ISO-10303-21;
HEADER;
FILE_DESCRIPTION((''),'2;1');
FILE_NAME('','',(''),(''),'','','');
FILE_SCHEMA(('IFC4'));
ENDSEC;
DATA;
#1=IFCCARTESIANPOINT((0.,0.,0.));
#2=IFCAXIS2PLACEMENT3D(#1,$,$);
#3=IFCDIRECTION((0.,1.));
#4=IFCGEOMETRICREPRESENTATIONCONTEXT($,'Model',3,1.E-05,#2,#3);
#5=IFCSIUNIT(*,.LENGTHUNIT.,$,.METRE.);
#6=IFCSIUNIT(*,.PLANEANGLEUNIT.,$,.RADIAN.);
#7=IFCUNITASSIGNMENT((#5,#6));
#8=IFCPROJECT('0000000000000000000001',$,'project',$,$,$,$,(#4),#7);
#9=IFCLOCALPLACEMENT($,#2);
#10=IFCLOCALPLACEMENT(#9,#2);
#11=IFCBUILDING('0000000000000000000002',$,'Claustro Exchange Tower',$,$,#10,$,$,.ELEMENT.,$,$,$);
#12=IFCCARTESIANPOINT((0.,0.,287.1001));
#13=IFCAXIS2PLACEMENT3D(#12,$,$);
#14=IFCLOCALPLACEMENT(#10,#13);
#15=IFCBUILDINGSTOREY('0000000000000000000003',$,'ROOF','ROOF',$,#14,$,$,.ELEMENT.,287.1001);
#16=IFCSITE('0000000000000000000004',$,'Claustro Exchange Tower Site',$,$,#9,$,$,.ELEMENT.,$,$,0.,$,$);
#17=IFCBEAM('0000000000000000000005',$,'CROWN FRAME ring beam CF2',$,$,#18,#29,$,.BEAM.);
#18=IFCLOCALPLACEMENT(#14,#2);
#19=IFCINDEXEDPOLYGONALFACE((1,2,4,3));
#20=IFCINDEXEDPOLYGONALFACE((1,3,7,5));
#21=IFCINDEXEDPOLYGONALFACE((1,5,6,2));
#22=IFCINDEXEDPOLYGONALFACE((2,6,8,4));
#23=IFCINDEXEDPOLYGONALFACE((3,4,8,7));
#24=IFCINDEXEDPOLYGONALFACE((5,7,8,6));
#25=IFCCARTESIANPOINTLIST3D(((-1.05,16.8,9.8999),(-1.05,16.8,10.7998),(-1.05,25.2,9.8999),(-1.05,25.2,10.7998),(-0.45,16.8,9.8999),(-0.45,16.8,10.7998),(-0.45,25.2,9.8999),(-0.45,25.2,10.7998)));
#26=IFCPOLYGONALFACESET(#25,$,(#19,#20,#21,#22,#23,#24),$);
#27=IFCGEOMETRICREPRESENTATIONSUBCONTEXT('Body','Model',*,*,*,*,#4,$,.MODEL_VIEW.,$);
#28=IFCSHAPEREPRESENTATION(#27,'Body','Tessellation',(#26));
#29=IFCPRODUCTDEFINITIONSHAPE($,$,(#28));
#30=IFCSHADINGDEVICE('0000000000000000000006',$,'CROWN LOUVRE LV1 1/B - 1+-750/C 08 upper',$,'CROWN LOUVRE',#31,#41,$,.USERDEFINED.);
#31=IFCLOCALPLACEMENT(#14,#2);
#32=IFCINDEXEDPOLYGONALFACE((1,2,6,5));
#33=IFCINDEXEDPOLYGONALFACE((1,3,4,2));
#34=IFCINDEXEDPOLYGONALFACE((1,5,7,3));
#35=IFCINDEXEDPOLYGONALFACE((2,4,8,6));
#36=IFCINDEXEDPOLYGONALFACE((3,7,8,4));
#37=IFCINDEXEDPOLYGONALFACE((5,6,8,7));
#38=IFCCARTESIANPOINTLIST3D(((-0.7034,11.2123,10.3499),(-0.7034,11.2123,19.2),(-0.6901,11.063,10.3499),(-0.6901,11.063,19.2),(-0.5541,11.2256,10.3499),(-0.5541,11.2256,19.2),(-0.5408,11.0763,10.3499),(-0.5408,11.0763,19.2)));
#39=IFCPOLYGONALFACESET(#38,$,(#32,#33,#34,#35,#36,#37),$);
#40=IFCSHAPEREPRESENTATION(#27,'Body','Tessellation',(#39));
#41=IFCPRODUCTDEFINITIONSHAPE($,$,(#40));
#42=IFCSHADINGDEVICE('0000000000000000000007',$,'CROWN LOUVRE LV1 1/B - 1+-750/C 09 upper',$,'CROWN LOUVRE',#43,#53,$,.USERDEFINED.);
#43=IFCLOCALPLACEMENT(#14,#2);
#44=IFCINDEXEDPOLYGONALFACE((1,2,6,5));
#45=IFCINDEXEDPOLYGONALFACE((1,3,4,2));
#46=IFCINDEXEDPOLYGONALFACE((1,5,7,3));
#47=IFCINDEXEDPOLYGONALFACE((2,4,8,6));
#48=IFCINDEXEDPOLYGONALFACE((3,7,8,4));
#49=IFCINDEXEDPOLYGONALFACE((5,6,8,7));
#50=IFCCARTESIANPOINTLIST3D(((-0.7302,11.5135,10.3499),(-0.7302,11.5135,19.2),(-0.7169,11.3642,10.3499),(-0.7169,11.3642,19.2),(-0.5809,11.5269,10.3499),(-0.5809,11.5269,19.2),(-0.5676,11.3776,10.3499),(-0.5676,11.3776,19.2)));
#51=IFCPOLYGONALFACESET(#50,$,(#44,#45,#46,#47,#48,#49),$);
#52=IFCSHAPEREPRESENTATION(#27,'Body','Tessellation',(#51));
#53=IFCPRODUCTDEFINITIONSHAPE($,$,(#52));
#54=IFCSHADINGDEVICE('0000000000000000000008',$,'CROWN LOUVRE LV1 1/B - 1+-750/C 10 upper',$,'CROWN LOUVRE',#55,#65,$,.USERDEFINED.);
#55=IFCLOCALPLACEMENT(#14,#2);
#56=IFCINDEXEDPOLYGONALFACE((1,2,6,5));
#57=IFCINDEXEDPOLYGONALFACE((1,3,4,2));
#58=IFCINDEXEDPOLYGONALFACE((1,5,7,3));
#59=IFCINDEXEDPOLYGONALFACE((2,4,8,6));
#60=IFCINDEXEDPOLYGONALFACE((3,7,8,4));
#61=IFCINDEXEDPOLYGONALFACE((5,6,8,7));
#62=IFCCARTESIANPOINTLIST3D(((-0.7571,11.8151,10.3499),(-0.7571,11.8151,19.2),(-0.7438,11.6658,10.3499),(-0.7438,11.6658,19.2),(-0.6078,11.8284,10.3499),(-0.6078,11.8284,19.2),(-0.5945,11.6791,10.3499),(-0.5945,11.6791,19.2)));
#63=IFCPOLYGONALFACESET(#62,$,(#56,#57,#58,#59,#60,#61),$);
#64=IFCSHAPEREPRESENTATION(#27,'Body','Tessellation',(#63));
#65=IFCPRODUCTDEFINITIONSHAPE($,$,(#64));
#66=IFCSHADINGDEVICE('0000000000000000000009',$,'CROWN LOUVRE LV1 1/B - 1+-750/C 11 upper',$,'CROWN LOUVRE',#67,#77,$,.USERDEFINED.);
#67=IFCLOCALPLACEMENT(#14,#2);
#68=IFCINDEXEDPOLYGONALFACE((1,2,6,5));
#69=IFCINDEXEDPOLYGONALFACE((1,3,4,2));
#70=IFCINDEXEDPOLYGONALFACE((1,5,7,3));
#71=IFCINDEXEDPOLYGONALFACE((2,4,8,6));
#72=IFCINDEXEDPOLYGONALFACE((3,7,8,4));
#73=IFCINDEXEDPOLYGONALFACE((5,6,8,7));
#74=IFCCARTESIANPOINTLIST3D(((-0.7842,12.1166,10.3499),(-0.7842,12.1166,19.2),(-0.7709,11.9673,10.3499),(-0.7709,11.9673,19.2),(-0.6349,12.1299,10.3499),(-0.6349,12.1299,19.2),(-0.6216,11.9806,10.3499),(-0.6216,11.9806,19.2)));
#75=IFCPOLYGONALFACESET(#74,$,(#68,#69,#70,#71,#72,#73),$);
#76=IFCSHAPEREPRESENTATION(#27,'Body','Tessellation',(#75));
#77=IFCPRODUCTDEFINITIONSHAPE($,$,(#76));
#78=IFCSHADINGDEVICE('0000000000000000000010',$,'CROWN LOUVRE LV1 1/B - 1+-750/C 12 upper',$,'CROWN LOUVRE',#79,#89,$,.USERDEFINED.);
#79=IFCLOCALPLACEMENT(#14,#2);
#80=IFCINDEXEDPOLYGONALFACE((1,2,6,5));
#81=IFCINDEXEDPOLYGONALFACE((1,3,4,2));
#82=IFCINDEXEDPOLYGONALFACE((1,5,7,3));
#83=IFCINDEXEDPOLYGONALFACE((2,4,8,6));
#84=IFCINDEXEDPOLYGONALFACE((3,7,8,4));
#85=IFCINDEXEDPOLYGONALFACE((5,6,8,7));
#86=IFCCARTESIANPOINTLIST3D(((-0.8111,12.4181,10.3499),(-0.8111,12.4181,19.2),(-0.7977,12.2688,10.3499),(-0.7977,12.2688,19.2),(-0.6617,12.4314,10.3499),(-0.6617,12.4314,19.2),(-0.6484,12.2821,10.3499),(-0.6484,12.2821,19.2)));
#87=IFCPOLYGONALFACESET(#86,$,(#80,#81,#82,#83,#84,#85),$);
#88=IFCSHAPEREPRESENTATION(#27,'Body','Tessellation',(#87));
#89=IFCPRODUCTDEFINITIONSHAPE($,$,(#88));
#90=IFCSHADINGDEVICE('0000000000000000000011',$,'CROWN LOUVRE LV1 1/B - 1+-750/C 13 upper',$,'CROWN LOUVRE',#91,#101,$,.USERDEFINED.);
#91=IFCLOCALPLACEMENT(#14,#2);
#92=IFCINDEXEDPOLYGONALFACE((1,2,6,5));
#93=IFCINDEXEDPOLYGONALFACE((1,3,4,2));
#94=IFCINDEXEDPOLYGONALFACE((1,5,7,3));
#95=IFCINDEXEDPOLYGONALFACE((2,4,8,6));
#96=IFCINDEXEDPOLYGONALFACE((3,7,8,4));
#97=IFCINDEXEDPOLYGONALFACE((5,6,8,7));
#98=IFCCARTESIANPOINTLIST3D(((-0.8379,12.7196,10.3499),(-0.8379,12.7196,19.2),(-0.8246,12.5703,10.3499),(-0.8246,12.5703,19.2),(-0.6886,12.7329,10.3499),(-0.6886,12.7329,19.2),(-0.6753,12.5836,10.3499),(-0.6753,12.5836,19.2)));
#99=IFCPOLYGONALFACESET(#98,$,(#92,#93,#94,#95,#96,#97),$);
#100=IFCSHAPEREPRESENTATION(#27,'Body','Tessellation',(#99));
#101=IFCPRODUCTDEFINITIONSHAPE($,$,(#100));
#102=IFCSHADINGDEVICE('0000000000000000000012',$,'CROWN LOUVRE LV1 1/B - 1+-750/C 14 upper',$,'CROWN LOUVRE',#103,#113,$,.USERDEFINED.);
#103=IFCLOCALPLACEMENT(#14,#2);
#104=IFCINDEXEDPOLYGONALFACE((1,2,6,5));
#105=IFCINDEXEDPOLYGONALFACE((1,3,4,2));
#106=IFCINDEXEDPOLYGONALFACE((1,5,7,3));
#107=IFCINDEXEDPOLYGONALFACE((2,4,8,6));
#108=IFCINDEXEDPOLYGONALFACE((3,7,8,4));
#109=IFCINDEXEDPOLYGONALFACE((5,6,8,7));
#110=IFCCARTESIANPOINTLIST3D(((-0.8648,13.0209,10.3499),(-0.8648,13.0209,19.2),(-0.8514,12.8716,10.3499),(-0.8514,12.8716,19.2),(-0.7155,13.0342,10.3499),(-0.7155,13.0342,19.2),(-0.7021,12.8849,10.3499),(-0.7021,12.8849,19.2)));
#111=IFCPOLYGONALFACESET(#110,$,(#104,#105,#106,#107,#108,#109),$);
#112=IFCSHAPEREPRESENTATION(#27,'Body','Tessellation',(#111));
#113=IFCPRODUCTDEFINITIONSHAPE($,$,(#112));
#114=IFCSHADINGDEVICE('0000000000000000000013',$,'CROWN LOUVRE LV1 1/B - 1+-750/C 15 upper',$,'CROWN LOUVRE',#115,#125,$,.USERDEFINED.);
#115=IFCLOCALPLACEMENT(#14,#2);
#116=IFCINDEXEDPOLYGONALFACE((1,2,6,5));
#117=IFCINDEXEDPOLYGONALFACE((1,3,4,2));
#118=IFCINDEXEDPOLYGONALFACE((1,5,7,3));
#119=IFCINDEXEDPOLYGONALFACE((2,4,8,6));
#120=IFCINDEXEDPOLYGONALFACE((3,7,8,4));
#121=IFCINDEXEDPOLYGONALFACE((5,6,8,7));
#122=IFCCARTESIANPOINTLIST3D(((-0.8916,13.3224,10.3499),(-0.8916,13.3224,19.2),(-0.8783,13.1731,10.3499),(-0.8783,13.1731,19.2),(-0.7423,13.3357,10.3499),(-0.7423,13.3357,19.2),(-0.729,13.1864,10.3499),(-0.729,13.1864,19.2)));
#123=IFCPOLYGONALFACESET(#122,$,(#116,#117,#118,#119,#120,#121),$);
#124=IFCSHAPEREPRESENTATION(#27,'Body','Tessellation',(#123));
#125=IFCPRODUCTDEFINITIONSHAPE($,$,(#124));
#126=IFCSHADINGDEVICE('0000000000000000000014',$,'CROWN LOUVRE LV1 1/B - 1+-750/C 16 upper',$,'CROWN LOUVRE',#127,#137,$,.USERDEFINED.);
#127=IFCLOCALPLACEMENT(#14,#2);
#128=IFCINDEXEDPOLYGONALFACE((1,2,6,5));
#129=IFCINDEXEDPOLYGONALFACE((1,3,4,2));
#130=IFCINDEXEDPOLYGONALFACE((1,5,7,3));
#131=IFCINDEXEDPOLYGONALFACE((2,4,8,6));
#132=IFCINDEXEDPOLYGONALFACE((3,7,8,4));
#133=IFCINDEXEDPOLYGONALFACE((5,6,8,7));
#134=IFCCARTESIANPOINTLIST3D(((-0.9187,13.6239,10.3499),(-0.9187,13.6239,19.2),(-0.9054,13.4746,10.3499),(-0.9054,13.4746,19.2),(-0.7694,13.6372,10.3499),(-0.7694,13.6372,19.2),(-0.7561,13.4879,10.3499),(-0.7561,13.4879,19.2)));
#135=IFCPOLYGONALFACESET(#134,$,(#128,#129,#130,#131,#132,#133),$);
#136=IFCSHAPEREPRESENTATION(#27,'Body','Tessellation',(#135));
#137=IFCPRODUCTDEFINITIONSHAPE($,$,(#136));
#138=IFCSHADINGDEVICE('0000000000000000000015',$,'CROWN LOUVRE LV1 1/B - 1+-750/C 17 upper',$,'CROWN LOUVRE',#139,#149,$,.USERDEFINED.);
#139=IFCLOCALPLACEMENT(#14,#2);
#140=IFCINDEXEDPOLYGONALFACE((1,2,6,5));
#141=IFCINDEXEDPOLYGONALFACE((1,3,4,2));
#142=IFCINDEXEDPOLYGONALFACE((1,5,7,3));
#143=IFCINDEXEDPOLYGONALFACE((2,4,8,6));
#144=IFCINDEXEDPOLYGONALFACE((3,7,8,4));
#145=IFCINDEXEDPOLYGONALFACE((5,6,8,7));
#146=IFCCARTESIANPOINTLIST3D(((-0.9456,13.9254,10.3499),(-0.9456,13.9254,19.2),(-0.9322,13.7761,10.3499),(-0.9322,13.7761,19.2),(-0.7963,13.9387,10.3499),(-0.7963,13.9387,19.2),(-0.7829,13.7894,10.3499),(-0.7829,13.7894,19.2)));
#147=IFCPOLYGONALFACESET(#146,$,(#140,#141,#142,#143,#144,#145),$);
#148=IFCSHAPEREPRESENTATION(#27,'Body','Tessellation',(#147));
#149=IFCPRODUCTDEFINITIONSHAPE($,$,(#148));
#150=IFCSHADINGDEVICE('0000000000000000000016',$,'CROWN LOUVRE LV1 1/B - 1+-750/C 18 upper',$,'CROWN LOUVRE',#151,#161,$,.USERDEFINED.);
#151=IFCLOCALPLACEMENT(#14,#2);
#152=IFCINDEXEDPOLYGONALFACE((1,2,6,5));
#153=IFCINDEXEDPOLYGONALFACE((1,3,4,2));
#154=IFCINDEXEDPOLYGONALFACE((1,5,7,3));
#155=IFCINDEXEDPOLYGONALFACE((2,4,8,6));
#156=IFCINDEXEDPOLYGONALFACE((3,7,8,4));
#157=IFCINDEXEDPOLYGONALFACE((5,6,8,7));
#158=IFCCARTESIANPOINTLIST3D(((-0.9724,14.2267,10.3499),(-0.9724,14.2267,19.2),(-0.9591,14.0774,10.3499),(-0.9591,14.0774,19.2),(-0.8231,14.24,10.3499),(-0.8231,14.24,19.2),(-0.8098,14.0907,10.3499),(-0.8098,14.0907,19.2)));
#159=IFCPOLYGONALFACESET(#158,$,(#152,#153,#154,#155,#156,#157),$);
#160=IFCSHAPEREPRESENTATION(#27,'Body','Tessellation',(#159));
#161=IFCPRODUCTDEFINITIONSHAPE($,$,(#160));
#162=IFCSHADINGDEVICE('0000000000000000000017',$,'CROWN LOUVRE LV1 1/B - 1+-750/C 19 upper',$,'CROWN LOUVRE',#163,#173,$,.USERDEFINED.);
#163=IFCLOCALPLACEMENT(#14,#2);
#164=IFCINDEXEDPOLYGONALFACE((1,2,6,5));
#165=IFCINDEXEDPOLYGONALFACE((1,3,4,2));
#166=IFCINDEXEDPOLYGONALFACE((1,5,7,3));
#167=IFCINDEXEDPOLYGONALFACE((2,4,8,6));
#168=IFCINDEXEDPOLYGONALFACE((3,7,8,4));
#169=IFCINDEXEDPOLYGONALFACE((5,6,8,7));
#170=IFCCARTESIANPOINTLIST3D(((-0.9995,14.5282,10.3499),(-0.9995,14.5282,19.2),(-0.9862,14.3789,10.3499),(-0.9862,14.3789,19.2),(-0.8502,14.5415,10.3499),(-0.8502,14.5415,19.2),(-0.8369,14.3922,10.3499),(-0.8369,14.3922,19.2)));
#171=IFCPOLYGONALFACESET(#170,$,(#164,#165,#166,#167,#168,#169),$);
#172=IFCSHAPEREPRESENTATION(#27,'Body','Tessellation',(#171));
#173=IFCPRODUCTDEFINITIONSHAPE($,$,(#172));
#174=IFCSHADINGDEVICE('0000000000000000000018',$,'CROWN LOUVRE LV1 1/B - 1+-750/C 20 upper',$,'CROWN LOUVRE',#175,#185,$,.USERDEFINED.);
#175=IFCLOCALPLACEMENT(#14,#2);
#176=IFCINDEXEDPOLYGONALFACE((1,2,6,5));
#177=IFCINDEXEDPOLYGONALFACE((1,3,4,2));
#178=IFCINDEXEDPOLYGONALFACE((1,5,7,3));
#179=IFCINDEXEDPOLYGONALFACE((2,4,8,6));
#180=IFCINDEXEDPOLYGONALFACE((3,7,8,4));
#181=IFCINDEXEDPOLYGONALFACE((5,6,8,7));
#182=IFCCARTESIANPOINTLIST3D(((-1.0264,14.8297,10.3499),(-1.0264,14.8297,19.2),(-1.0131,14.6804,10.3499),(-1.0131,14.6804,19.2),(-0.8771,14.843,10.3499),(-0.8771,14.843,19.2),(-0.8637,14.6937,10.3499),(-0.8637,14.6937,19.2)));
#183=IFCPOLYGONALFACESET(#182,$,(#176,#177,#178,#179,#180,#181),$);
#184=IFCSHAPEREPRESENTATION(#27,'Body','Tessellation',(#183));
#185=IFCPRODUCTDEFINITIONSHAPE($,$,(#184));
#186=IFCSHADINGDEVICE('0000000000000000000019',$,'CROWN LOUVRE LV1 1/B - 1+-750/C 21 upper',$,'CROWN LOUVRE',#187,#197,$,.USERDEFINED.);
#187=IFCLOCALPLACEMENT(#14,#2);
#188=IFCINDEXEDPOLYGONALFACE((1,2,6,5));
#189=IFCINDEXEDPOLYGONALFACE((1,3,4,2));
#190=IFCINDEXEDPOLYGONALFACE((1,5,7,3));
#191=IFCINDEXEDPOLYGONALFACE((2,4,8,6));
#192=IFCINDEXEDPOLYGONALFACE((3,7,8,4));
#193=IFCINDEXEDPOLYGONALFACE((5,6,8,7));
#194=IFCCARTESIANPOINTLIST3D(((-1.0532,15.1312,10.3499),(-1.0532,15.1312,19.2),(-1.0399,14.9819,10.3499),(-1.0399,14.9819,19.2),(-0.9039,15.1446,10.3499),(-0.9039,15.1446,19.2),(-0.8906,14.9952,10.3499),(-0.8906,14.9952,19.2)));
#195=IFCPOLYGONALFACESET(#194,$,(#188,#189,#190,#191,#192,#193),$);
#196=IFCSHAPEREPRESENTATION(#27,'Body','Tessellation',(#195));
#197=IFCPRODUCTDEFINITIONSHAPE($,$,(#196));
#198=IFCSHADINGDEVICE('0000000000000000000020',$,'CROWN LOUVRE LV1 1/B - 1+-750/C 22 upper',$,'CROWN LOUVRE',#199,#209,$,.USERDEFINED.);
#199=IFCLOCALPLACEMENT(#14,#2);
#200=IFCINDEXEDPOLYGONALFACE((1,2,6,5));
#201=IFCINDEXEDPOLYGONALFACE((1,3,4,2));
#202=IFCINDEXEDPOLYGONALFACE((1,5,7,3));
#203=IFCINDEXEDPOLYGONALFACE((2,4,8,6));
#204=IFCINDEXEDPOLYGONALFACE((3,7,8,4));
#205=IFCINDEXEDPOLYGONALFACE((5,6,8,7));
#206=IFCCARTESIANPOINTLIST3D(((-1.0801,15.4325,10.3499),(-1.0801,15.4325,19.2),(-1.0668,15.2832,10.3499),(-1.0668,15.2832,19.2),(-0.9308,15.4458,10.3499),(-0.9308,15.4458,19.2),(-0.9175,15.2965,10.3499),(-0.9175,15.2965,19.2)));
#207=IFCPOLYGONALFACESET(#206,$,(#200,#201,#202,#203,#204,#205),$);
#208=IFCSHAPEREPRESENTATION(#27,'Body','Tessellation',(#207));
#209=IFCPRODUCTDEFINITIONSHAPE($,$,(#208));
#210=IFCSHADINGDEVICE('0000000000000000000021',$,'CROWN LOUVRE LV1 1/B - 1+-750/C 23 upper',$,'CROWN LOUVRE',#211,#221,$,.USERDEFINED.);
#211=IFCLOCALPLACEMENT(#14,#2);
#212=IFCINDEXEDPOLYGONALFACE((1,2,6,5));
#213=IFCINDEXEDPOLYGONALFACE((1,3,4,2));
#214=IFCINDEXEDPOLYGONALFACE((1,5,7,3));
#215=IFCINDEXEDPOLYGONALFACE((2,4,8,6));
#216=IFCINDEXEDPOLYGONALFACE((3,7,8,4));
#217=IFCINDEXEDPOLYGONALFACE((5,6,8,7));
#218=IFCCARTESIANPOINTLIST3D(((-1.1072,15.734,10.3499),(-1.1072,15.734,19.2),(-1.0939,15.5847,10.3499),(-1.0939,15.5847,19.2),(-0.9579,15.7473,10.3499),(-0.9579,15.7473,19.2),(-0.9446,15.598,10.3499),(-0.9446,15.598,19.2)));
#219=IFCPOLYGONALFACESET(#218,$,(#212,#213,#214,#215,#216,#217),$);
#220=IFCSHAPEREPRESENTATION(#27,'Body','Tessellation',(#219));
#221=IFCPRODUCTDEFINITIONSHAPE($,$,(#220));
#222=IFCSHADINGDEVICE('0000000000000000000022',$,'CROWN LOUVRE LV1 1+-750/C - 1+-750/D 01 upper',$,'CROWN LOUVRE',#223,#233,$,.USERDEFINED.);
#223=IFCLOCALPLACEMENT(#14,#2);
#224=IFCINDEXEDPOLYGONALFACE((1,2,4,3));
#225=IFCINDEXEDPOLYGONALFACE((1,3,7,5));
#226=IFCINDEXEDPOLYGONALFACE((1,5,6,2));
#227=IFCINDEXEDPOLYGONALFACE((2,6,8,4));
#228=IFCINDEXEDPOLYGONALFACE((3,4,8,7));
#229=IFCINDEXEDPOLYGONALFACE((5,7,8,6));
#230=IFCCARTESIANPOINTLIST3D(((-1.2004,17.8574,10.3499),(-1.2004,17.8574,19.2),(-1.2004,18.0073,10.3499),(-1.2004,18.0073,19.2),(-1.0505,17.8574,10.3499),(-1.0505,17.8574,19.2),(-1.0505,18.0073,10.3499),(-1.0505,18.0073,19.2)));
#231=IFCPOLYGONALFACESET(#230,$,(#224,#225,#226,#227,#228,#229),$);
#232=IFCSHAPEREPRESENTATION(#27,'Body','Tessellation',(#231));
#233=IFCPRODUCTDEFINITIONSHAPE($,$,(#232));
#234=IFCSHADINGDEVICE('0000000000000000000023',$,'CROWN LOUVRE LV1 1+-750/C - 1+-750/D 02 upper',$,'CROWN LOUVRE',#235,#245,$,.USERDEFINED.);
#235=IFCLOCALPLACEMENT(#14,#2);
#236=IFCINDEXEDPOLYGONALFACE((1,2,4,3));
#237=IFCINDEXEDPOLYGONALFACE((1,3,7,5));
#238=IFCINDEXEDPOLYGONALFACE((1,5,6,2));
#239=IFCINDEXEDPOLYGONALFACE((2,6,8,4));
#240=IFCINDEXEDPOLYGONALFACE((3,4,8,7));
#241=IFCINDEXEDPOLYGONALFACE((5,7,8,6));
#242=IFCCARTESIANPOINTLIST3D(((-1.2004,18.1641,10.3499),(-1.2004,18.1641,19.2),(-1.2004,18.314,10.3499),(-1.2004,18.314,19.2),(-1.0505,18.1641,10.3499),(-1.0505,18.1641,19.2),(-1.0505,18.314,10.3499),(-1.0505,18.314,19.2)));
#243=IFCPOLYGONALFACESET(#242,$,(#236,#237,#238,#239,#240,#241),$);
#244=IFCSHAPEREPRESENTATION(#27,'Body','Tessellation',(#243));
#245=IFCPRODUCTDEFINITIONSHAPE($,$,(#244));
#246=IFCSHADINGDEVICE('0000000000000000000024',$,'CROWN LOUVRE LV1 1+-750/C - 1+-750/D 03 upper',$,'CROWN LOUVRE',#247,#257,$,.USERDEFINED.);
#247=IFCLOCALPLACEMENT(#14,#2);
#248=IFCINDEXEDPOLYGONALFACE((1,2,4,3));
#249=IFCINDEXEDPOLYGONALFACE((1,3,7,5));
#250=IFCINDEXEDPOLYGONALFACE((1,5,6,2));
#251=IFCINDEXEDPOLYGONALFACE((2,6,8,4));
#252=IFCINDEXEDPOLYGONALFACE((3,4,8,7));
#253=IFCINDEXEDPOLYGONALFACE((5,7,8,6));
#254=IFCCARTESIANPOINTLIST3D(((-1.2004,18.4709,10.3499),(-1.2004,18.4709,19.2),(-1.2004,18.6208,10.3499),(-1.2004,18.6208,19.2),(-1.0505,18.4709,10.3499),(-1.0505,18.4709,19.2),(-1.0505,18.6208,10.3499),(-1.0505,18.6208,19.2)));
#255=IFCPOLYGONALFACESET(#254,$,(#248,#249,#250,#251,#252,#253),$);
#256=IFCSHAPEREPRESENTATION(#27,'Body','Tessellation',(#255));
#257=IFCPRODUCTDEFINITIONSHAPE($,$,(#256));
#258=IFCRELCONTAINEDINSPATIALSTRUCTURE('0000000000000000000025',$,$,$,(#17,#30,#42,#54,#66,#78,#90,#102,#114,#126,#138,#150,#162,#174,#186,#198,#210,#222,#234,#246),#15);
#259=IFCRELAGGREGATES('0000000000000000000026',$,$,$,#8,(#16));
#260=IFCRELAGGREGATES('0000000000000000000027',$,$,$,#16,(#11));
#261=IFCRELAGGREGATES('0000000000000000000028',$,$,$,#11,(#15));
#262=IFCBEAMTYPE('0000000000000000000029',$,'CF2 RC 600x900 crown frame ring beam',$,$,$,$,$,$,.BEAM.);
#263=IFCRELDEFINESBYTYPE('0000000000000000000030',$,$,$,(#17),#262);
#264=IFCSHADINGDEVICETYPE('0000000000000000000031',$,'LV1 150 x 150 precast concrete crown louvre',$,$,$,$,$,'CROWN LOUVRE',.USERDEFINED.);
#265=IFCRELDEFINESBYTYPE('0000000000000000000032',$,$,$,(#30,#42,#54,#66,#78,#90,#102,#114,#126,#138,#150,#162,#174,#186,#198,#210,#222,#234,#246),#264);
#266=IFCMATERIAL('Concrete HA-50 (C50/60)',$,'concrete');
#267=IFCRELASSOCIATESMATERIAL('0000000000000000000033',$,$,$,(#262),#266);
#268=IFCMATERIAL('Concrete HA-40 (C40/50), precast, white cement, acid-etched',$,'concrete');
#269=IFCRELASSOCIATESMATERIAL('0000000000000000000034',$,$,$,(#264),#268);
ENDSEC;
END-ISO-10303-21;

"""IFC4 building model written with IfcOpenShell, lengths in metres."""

from ifc_helpers import new_model, si_unit, direction, frame, origin, origin_2d, place, context, subcontext, project, spatial, rectangle, extrude, material, material_profile, profile_set, type_object, element, save


model = new_model("IFC4")

# Units and contexts
model_context = context("Model", 3, precision=1e-05, world=origin(), true_north=direction((0.0, 1.0)))
body_context = subcontext(model_context, "Body", "Model", "MODEL_VIEW")
ifc_project = project(units=[si_unit("LENGTHUNIT", "METRE"), si_unit("PLANEANGLEUNIT", "RADIAN")], contexts=[model_context])

# Site, building, storey
site_placement = place(None, origin())
site = spatial("IfcSite", under=ifc_project, at=site_placement, Name="Claustro Exchange Tower Site", CompositionType="ELEMENT", RefElevation=0.0)
building_placement = place(site_placement, origin())
building = spatial("IfcBuilding", under=site, at=building_placement, Name="Claustro Exchange Tower", CompositionType="ELEMENT")
storey_placement = place(building_placement, frame((0.0, 0.0, 287.1001)))
storey = spatial("IfcBuildingStorey", under=building, at=storey_placement, Name="ROOF", Description="ROOF", CompositionType="ELEMENT", Elevation=287.1001)

# Beam
ifc_material_1 = material(Name="Concrete HA-50 (C50/60)", Category="concrete")
ifc_material_profile = material_profile(ifc_material_1, rectangle(XDim=0.6001, YDim=0.8999, at=origin_2d()), Name="RC 600x900")
ifc_profile_set = profile_set([ifc_material_profile], Name="Concrete HA-50 (C50/60)")
beam_type = type_object("IfcBeamType", Name="CF2 RC 600x900 crown frame ring beam", PredefinedType="BEAM", material=ifc_profile_set)
beam_placement = place(storey_placement, frame((-0.75, 16.8, 10.3499), z_axis=(0.0, 1.0, 0.0), x_axis=(-1.0, 0.0, 0.0)))
element("IfcBeam", 1, at=beam_placement, inside=storey, type_object=beam_type, Name="CROWN FRAME ring beam CF2", PredefinedType="BEAM", context=body_context, shape_type="SweptSolid", body=[
    extrude(rectangle(XDim=0.6001, YDim=0.8999, at=origin_2d()), origin(), (0.0, 0.0, 1.0), 8.3999),
])

# Shading devices
ifc_material_2 = material(Name="Concrete HA-40 (C40/50), precast, white cement, acid-etched", Category="concrete")
shading_device_type = type_object("IfcShadingDeviceType", Name="LV1 150 x 150 precast concrete crown louvre", ElementType="CROWN LOUVRE", PredefinedType="USERDEFINED", material=ifc_material_2)
for number, where, z_axis, x_axis, name in (
    (2, (-0.6221, 11.1443, 10.3499), (0.0, 0.0, 1.0), (-0.088933, 0.996038, 0.0), "CROWN LOUVRE LV1 1/B - 1+-750/C 08 upper"),
    (3, (-0.6489, 11.4456, 10.3499), (0.0, 0.0, 1.0), (-0.088933, 0.996038, 0.0), "CROWN LOUVRE LV1 1/B - 1+-750/C 09 upper"),
    (4, (-0.6758, 11.7471, 10.3499), (0.0, 0.0, 1.0), (-0.088933, 0.996038, 0.0), "CROWN LOUVRE LV1 1/B - 1+-750/C 10 upper"),
    (5, (-0.7029, 12.0486, 10.3499), (0.0, 0.0, 1.0), (-0.088933, 0.996038, 0.0), "CROWN LOUVRE LV1 1/B - 1+-750/C 11 upper"),
    (6, (-0.7297, 12.3501, 10.3499), (0.0, 0.0, 1.0), (-0.088933, 0.996038, 0.0), "CROWN LOUVRE LV1 1/B - 1+-750/C 12 upper"),
    (7, (-0.7566, 12.6516, 10.3499), (0.0, 0.0, 1.0), (-0.088933, 0.996038, 0.0), "CROWN LOUVRE LV1 1/B - 1+-750/C 13 upper"),
    (8, (-0.7834, 12.9529, 10.3499), (0.0, 0.0, 1.0), (-0.088933, 0.996038, 0.0), "CROWN LOUVRE LV1 1/B - 1+-750/C 14 upper"),
    (9, (-0.8103, 13.2544, 10.3499), (0.0, 0.0, 1.0), (-0.088933, 0.996038, 0.0), "CROWN LOUVRE LV1 1/B - 1+-750/C 15 upper"),
    (10, (-0.8374, 13.5559, 10.3499), (0.0, 0.0, 1.0), (-0.088933, 0.996038, 0.0), "CROWN LOUVRE LV1 1/B - 1+-750/C 16 upper"),
    (11, (-0.8643, 13.8574, 10.3499), (0.0, 0.0, 1.0), (-0.088933, 0.996038, 0.0), "CROWN LOUVRE LV1 1/B - 1+-750/C 17 upper"),
    (12, (-0.8911, 14.1587, 10.3499), (0.0, 0.0, 1.0), (-0.088933, 0.996038, 0.0), "CROWN LOUVRE LV1 1/B - 1+-750/C 18 upper"),
    (13, (-0.9182, 14.4602, 10.3499), (0.0, 0.0, 1.0), (-0.088933, 0.996038, 0.0), "CROWN LOUVRE LV1 1/B - 1+-750/C 19 upper"),
    (14, (-0.9451, 14.7617, 10.3499), (0.0, 0.0, 1.0), (-0.088933, 0.996038, 0.0), "CROWN LOUVRE LV1 1/B - 1+-750/C 20 upper"),
    (15, (-0.9719, 15.0632, 10.3499), (0.0, 0.0, 1.0), (-0.088933, 0.996038, 0.0), "CROWN LOUVRE LV1 1/B - 1+-750/C 21 upper"),
    (16, (-0.9988, 15.3645, 10.3499), (0.0, 0.0, 1.0), (-0.088933, 0.996038, 0.0), "CROWN LOUVRE LV1 1/B - 1+-750/C 22 upper"),
    (17, (-1.0259, 15.666, 10.3499), (0.0, 0.0, 1.0), (-0.088933, 0.996038, 0.0), "CROWN LOUVRE LV1 1/B - 1+-750/C 23 upper"),
    (18, (-1.1255, 17.9324, 10.3499), (0.0, 0.0, 1.0), (0.0, 1.0, 0.0), "CROWN LOUVRE LV1 1+-750/C - 1+-750/D 01 upper"),
    (19, (-1.1255, 18.239, 10.3499), (0.0, 0.0, 1.0), (0.0, 1.0, 0.0), "CROWN LOUVRE LV1 1+-750/C - 1+-750/D 02 upper"),
    (20, (-1.1255, 18.5459, 10.3499), (0.0, 0.0, 1.0), (0.0, 1.0, 0.0), "CROWN LOUVRE LV1 1+-750/C - 1+-750/D 03 upper"),
):
    element("IfcShadingDevice", number, at=place(storey_placement, frame(where, z_axis=z_axis, x_axis=x_axis)), inside=storey, type_object=shading_device_type, Name=name, ObjectType="CROWN LOUVRE", PredefinedType="USERDEFINED", context=body_context, shape_type="SweptSolid", body=[
        extrude(rectangle(XDim=0.1499, YDim=0.1499, at=origin_2d()), origin(), (0.0, 0.0, 1.0), 8.8501),
    ])

save(model, "model.ifc")
